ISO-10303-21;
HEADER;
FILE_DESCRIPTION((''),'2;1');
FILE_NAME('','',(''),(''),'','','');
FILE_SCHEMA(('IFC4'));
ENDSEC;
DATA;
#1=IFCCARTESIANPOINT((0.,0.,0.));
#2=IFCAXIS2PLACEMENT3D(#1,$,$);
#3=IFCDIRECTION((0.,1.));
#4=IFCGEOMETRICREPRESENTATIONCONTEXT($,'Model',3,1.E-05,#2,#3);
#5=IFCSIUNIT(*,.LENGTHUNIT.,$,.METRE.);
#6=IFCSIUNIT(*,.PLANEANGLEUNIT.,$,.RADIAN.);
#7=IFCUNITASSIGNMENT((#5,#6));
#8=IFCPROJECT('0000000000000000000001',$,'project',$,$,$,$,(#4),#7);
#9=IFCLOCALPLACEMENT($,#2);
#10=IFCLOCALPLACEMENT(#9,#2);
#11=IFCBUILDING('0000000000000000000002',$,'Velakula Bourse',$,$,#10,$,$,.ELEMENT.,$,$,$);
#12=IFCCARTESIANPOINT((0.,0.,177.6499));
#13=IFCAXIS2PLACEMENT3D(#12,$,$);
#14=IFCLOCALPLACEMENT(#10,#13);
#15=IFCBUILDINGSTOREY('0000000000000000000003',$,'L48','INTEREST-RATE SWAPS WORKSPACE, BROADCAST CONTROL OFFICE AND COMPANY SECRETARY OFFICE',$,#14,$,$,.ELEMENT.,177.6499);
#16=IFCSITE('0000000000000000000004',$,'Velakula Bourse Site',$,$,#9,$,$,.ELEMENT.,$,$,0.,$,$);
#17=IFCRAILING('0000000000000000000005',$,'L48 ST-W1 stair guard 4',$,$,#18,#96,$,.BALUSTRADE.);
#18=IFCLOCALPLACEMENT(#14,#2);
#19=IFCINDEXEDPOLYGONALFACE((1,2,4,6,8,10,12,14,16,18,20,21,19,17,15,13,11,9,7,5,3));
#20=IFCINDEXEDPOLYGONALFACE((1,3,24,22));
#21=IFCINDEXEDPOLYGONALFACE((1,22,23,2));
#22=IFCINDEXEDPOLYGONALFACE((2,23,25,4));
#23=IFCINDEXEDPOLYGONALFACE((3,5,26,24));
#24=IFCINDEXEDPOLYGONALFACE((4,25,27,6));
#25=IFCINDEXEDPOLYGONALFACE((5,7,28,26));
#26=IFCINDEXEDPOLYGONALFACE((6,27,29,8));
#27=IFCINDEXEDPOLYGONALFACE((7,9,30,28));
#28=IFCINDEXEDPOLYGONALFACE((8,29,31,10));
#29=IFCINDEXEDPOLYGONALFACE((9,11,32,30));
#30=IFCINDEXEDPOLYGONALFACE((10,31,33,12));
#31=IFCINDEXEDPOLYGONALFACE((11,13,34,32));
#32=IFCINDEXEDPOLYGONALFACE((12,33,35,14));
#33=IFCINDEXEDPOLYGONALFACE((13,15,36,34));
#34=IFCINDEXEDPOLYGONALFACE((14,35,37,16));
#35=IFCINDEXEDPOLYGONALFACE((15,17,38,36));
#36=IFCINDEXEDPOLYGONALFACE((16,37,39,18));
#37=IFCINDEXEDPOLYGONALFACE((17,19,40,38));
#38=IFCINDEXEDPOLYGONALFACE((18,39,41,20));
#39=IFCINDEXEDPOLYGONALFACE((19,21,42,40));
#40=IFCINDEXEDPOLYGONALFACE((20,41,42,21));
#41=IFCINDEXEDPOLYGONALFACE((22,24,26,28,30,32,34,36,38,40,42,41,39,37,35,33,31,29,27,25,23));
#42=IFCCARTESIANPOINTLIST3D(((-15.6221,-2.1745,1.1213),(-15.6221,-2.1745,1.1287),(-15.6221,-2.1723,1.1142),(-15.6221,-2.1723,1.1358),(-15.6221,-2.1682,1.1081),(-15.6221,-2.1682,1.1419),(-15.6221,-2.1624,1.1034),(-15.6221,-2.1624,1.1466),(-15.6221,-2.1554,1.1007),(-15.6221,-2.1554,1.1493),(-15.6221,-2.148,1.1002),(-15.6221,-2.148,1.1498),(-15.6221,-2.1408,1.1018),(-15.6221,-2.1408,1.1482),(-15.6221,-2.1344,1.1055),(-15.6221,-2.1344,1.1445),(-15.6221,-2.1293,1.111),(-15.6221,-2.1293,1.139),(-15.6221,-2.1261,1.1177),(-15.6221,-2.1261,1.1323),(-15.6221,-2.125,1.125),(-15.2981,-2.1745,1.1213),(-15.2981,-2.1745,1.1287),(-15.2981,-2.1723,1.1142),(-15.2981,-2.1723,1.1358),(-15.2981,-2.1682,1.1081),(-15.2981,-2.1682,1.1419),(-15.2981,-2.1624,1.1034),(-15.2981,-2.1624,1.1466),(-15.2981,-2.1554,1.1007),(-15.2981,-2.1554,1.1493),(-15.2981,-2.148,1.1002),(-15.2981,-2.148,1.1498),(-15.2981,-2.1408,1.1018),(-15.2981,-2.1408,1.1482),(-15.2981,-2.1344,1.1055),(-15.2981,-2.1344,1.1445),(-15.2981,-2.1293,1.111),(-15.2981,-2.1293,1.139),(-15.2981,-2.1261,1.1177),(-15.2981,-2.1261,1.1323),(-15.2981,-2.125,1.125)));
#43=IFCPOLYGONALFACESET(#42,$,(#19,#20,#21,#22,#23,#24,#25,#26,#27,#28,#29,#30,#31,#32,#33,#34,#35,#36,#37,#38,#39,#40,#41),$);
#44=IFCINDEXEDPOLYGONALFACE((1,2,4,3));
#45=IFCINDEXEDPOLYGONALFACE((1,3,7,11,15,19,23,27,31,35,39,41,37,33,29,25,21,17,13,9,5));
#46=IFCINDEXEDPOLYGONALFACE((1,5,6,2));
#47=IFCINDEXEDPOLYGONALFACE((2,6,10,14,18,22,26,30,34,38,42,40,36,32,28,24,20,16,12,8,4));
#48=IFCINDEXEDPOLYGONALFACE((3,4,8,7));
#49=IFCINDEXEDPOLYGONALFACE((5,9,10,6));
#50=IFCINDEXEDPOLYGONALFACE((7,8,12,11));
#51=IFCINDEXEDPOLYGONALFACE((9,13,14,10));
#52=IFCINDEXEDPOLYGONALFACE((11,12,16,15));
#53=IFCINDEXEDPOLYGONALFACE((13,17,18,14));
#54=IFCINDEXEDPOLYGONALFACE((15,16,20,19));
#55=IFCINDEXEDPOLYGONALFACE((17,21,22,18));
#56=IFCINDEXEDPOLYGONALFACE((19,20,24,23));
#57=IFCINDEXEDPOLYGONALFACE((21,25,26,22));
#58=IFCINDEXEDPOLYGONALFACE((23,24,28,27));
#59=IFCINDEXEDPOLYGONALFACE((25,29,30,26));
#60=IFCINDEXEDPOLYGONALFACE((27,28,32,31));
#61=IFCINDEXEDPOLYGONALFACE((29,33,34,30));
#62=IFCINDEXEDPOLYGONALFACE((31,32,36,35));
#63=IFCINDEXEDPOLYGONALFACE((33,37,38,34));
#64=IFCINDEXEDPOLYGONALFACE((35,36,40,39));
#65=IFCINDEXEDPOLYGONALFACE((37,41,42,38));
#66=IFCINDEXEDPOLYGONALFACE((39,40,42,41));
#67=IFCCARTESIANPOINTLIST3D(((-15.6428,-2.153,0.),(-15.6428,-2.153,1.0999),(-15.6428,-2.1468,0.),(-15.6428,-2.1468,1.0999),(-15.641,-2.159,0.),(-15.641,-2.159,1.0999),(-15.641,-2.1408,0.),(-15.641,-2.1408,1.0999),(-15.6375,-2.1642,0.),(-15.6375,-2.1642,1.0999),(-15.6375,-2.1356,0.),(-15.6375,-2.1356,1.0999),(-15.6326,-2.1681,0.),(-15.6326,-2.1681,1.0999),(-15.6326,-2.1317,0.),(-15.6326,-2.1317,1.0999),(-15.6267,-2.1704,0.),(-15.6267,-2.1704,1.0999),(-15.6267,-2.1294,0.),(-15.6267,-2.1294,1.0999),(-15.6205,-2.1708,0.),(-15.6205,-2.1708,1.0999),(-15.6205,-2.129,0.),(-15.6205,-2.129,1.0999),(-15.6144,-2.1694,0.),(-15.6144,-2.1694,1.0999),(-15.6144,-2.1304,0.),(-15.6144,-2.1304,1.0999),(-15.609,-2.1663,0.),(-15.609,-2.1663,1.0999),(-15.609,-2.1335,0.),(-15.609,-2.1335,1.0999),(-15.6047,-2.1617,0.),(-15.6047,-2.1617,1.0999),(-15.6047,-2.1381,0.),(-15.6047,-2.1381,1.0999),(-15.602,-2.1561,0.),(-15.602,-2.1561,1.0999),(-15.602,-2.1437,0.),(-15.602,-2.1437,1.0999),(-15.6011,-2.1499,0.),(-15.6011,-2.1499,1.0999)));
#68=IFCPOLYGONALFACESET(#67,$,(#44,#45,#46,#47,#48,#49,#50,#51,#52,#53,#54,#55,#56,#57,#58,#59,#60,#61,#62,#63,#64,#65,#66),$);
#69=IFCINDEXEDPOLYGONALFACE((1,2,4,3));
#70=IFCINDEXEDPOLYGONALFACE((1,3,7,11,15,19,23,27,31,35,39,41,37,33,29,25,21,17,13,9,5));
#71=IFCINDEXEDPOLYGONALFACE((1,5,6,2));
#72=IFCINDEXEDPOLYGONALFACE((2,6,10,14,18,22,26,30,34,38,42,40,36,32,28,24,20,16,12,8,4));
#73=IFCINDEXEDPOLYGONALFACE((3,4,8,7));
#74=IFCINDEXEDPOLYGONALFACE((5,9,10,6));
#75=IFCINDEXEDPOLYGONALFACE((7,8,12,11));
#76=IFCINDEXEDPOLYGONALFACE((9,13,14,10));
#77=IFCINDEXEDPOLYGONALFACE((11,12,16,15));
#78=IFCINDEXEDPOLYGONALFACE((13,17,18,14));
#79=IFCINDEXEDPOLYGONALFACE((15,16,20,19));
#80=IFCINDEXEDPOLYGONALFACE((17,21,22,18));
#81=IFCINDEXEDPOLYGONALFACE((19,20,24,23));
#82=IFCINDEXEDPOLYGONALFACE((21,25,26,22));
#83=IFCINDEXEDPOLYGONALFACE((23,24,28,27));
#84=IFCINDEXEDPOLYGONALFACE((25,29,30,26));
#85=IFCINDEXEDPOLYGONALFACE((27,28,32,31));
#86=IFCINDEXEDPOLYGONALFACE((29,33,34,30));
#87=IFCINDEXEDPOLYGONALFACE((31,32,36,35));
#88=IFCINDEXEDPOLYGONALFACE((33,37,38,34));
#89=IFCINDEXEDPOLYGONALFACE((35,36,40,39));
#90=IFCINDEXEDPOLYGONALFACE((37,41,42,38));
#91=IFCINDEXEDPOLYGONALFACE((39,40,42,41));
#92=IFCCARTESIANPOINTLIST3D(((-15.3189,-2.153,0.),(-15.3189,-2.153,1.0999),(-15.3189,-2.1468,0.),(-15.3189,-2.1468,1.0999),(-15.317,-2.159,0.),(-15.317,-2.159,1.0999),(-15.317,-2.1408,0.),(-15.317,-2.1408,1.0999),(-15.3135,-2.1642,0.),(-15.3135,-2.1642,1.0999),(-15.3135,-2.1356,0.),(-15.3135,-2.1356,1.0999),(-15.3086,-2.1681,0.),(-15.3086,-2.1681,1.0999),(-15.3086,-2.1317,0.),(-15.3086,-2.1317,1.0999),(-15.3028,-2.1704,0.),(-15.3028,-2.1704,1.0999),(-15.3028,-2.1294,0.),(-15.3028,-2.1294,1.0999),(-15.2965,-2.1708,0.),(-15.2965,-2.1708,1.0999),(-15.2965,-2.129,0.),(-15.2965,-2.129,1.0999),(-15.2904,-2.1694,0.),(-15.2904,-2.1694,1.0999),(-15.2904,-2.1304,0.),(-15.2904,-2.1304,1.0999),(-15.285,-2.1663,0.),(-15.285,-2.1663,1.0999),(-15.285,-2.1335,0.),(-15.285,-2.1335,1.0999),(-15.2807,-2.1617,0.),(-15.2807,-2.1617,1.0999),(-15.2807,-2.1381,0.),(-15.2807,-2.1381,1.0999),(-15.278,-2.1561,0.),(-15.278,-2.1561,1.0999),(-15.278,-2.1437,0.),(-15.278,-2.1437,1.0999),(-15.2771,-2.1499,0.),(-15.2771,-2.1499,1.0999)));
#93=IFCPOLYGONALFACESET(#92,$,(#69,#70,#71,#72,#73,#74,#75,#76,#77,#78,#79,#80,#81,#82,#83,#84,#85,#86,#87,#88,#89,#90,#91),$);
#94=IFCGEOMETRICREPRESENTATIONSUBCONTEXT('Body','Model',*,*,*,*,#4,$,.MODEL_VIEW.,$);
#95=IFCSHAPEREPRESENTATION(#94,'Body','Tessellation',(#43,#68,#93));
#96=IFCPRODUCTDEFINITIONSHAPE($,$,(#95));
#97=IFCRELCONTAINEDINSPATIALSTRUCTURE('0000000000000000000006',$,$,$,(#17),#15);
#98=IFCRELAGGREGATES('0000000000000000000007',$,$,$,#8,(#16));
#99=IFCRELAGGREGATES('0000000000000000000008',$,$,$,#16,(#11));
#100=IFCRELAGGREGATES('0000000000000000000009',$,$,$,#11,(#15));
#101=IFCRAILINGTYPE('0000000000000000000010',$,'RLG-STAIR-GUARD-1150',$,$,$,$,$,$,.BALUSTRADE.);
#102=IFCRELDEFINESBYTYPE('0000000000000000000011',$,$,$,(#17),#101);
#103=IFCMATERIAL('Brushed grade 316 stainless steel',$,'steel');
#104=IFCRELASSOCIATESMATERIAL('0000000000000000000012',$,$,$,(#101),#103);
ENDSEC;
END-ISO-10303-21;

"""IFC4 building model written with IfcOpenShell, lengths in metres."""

from ifc_helpers import new_model, si_unit, direction, frame, origin, origin_2d, place, context, subcontext, project, spatial, circle, extrude, material, type_object, element, save


model = new_model("IFC4")

# Units and contexts
model_context = context("Model", 3, precision=1e-05, world=origin(), true_north=direction((0.0, 1.0)))
body_context = subcontext(model_context, "Body", "Model", "MODEL_VIEW")
ifc_project = project(units=[si_unit("LENGTHUNIT", "METRE"), si_unit("PLANEANGLEUNIT", "RADIAN")], contexts=[model_context])

# Site, building, storey
site_placement = place(None, origin())
site = spatial("IfcSite", under=ifc_project, at=site_placement, Name="Velakula Bourse Site", CompositionType="ELEMENT", RefElevation=0.0)
building_placement = place(site_placement, origin())
building = spatial("IfcBuilding", under=site, at=building_placement, Name="Velakula Bourse", CompositionType="ELEMENT")
storey_placement = place(building_placement, frame((0.0, 0.0, 177.6499)))
storey = spatial("IfcBuildingStorey", under=building, at=storey_placement, Name="L48", Description="INTEREST-RATE SWAPS WORKSPACE, BROADCAST CONTROL OFFICE AND COMPANY SECRETARY OFFICE", CompositionType="ELEMENT", Elevation=177.6499)

# Railing
ifc_material_1 = material(Name="Brushed grade 316 stainless steel", Category="steel")
railing_type_1 = type_object("IfcRailingType", Name="RLG-STAIR-GUARD-1150", PredefinedType="BALUSTRADE", material=ifc_material_1)
railing_1_placement = place(storey_placement, frame((-15.6221, -2.1499, 0.0)))
element("IfcRailing", 1, at=railing_1_placement, inside=storey, type_object=railing_type_1, Name="L48 ST-W1 stair guard 4", PredefinedType="BALUSTRADE", context=body_context, shape_type="SweptSolid", body=[
    extrude(circle(Radius=0.0249, at=origin_2d()), frame((0.0, 0.0, 1.125), z_axis=(1.0, 0.0, 0.0), x_axis=(0.0, 1.0, 0.0)), (0.0, 0.0, 1.0), 0.324),
    extrude(circle(Radius=0.021, at=origin_2d()), origin(), (0.0, 0.0, 1.0), 1.0999),
    extrude(circle(Radius=0.021, at=origin_2d()), frame((0.324, 0.0, 0.0)), (0.0, 0.0, 1.0), 1.0999),
])

save(model, "model.ifc")
